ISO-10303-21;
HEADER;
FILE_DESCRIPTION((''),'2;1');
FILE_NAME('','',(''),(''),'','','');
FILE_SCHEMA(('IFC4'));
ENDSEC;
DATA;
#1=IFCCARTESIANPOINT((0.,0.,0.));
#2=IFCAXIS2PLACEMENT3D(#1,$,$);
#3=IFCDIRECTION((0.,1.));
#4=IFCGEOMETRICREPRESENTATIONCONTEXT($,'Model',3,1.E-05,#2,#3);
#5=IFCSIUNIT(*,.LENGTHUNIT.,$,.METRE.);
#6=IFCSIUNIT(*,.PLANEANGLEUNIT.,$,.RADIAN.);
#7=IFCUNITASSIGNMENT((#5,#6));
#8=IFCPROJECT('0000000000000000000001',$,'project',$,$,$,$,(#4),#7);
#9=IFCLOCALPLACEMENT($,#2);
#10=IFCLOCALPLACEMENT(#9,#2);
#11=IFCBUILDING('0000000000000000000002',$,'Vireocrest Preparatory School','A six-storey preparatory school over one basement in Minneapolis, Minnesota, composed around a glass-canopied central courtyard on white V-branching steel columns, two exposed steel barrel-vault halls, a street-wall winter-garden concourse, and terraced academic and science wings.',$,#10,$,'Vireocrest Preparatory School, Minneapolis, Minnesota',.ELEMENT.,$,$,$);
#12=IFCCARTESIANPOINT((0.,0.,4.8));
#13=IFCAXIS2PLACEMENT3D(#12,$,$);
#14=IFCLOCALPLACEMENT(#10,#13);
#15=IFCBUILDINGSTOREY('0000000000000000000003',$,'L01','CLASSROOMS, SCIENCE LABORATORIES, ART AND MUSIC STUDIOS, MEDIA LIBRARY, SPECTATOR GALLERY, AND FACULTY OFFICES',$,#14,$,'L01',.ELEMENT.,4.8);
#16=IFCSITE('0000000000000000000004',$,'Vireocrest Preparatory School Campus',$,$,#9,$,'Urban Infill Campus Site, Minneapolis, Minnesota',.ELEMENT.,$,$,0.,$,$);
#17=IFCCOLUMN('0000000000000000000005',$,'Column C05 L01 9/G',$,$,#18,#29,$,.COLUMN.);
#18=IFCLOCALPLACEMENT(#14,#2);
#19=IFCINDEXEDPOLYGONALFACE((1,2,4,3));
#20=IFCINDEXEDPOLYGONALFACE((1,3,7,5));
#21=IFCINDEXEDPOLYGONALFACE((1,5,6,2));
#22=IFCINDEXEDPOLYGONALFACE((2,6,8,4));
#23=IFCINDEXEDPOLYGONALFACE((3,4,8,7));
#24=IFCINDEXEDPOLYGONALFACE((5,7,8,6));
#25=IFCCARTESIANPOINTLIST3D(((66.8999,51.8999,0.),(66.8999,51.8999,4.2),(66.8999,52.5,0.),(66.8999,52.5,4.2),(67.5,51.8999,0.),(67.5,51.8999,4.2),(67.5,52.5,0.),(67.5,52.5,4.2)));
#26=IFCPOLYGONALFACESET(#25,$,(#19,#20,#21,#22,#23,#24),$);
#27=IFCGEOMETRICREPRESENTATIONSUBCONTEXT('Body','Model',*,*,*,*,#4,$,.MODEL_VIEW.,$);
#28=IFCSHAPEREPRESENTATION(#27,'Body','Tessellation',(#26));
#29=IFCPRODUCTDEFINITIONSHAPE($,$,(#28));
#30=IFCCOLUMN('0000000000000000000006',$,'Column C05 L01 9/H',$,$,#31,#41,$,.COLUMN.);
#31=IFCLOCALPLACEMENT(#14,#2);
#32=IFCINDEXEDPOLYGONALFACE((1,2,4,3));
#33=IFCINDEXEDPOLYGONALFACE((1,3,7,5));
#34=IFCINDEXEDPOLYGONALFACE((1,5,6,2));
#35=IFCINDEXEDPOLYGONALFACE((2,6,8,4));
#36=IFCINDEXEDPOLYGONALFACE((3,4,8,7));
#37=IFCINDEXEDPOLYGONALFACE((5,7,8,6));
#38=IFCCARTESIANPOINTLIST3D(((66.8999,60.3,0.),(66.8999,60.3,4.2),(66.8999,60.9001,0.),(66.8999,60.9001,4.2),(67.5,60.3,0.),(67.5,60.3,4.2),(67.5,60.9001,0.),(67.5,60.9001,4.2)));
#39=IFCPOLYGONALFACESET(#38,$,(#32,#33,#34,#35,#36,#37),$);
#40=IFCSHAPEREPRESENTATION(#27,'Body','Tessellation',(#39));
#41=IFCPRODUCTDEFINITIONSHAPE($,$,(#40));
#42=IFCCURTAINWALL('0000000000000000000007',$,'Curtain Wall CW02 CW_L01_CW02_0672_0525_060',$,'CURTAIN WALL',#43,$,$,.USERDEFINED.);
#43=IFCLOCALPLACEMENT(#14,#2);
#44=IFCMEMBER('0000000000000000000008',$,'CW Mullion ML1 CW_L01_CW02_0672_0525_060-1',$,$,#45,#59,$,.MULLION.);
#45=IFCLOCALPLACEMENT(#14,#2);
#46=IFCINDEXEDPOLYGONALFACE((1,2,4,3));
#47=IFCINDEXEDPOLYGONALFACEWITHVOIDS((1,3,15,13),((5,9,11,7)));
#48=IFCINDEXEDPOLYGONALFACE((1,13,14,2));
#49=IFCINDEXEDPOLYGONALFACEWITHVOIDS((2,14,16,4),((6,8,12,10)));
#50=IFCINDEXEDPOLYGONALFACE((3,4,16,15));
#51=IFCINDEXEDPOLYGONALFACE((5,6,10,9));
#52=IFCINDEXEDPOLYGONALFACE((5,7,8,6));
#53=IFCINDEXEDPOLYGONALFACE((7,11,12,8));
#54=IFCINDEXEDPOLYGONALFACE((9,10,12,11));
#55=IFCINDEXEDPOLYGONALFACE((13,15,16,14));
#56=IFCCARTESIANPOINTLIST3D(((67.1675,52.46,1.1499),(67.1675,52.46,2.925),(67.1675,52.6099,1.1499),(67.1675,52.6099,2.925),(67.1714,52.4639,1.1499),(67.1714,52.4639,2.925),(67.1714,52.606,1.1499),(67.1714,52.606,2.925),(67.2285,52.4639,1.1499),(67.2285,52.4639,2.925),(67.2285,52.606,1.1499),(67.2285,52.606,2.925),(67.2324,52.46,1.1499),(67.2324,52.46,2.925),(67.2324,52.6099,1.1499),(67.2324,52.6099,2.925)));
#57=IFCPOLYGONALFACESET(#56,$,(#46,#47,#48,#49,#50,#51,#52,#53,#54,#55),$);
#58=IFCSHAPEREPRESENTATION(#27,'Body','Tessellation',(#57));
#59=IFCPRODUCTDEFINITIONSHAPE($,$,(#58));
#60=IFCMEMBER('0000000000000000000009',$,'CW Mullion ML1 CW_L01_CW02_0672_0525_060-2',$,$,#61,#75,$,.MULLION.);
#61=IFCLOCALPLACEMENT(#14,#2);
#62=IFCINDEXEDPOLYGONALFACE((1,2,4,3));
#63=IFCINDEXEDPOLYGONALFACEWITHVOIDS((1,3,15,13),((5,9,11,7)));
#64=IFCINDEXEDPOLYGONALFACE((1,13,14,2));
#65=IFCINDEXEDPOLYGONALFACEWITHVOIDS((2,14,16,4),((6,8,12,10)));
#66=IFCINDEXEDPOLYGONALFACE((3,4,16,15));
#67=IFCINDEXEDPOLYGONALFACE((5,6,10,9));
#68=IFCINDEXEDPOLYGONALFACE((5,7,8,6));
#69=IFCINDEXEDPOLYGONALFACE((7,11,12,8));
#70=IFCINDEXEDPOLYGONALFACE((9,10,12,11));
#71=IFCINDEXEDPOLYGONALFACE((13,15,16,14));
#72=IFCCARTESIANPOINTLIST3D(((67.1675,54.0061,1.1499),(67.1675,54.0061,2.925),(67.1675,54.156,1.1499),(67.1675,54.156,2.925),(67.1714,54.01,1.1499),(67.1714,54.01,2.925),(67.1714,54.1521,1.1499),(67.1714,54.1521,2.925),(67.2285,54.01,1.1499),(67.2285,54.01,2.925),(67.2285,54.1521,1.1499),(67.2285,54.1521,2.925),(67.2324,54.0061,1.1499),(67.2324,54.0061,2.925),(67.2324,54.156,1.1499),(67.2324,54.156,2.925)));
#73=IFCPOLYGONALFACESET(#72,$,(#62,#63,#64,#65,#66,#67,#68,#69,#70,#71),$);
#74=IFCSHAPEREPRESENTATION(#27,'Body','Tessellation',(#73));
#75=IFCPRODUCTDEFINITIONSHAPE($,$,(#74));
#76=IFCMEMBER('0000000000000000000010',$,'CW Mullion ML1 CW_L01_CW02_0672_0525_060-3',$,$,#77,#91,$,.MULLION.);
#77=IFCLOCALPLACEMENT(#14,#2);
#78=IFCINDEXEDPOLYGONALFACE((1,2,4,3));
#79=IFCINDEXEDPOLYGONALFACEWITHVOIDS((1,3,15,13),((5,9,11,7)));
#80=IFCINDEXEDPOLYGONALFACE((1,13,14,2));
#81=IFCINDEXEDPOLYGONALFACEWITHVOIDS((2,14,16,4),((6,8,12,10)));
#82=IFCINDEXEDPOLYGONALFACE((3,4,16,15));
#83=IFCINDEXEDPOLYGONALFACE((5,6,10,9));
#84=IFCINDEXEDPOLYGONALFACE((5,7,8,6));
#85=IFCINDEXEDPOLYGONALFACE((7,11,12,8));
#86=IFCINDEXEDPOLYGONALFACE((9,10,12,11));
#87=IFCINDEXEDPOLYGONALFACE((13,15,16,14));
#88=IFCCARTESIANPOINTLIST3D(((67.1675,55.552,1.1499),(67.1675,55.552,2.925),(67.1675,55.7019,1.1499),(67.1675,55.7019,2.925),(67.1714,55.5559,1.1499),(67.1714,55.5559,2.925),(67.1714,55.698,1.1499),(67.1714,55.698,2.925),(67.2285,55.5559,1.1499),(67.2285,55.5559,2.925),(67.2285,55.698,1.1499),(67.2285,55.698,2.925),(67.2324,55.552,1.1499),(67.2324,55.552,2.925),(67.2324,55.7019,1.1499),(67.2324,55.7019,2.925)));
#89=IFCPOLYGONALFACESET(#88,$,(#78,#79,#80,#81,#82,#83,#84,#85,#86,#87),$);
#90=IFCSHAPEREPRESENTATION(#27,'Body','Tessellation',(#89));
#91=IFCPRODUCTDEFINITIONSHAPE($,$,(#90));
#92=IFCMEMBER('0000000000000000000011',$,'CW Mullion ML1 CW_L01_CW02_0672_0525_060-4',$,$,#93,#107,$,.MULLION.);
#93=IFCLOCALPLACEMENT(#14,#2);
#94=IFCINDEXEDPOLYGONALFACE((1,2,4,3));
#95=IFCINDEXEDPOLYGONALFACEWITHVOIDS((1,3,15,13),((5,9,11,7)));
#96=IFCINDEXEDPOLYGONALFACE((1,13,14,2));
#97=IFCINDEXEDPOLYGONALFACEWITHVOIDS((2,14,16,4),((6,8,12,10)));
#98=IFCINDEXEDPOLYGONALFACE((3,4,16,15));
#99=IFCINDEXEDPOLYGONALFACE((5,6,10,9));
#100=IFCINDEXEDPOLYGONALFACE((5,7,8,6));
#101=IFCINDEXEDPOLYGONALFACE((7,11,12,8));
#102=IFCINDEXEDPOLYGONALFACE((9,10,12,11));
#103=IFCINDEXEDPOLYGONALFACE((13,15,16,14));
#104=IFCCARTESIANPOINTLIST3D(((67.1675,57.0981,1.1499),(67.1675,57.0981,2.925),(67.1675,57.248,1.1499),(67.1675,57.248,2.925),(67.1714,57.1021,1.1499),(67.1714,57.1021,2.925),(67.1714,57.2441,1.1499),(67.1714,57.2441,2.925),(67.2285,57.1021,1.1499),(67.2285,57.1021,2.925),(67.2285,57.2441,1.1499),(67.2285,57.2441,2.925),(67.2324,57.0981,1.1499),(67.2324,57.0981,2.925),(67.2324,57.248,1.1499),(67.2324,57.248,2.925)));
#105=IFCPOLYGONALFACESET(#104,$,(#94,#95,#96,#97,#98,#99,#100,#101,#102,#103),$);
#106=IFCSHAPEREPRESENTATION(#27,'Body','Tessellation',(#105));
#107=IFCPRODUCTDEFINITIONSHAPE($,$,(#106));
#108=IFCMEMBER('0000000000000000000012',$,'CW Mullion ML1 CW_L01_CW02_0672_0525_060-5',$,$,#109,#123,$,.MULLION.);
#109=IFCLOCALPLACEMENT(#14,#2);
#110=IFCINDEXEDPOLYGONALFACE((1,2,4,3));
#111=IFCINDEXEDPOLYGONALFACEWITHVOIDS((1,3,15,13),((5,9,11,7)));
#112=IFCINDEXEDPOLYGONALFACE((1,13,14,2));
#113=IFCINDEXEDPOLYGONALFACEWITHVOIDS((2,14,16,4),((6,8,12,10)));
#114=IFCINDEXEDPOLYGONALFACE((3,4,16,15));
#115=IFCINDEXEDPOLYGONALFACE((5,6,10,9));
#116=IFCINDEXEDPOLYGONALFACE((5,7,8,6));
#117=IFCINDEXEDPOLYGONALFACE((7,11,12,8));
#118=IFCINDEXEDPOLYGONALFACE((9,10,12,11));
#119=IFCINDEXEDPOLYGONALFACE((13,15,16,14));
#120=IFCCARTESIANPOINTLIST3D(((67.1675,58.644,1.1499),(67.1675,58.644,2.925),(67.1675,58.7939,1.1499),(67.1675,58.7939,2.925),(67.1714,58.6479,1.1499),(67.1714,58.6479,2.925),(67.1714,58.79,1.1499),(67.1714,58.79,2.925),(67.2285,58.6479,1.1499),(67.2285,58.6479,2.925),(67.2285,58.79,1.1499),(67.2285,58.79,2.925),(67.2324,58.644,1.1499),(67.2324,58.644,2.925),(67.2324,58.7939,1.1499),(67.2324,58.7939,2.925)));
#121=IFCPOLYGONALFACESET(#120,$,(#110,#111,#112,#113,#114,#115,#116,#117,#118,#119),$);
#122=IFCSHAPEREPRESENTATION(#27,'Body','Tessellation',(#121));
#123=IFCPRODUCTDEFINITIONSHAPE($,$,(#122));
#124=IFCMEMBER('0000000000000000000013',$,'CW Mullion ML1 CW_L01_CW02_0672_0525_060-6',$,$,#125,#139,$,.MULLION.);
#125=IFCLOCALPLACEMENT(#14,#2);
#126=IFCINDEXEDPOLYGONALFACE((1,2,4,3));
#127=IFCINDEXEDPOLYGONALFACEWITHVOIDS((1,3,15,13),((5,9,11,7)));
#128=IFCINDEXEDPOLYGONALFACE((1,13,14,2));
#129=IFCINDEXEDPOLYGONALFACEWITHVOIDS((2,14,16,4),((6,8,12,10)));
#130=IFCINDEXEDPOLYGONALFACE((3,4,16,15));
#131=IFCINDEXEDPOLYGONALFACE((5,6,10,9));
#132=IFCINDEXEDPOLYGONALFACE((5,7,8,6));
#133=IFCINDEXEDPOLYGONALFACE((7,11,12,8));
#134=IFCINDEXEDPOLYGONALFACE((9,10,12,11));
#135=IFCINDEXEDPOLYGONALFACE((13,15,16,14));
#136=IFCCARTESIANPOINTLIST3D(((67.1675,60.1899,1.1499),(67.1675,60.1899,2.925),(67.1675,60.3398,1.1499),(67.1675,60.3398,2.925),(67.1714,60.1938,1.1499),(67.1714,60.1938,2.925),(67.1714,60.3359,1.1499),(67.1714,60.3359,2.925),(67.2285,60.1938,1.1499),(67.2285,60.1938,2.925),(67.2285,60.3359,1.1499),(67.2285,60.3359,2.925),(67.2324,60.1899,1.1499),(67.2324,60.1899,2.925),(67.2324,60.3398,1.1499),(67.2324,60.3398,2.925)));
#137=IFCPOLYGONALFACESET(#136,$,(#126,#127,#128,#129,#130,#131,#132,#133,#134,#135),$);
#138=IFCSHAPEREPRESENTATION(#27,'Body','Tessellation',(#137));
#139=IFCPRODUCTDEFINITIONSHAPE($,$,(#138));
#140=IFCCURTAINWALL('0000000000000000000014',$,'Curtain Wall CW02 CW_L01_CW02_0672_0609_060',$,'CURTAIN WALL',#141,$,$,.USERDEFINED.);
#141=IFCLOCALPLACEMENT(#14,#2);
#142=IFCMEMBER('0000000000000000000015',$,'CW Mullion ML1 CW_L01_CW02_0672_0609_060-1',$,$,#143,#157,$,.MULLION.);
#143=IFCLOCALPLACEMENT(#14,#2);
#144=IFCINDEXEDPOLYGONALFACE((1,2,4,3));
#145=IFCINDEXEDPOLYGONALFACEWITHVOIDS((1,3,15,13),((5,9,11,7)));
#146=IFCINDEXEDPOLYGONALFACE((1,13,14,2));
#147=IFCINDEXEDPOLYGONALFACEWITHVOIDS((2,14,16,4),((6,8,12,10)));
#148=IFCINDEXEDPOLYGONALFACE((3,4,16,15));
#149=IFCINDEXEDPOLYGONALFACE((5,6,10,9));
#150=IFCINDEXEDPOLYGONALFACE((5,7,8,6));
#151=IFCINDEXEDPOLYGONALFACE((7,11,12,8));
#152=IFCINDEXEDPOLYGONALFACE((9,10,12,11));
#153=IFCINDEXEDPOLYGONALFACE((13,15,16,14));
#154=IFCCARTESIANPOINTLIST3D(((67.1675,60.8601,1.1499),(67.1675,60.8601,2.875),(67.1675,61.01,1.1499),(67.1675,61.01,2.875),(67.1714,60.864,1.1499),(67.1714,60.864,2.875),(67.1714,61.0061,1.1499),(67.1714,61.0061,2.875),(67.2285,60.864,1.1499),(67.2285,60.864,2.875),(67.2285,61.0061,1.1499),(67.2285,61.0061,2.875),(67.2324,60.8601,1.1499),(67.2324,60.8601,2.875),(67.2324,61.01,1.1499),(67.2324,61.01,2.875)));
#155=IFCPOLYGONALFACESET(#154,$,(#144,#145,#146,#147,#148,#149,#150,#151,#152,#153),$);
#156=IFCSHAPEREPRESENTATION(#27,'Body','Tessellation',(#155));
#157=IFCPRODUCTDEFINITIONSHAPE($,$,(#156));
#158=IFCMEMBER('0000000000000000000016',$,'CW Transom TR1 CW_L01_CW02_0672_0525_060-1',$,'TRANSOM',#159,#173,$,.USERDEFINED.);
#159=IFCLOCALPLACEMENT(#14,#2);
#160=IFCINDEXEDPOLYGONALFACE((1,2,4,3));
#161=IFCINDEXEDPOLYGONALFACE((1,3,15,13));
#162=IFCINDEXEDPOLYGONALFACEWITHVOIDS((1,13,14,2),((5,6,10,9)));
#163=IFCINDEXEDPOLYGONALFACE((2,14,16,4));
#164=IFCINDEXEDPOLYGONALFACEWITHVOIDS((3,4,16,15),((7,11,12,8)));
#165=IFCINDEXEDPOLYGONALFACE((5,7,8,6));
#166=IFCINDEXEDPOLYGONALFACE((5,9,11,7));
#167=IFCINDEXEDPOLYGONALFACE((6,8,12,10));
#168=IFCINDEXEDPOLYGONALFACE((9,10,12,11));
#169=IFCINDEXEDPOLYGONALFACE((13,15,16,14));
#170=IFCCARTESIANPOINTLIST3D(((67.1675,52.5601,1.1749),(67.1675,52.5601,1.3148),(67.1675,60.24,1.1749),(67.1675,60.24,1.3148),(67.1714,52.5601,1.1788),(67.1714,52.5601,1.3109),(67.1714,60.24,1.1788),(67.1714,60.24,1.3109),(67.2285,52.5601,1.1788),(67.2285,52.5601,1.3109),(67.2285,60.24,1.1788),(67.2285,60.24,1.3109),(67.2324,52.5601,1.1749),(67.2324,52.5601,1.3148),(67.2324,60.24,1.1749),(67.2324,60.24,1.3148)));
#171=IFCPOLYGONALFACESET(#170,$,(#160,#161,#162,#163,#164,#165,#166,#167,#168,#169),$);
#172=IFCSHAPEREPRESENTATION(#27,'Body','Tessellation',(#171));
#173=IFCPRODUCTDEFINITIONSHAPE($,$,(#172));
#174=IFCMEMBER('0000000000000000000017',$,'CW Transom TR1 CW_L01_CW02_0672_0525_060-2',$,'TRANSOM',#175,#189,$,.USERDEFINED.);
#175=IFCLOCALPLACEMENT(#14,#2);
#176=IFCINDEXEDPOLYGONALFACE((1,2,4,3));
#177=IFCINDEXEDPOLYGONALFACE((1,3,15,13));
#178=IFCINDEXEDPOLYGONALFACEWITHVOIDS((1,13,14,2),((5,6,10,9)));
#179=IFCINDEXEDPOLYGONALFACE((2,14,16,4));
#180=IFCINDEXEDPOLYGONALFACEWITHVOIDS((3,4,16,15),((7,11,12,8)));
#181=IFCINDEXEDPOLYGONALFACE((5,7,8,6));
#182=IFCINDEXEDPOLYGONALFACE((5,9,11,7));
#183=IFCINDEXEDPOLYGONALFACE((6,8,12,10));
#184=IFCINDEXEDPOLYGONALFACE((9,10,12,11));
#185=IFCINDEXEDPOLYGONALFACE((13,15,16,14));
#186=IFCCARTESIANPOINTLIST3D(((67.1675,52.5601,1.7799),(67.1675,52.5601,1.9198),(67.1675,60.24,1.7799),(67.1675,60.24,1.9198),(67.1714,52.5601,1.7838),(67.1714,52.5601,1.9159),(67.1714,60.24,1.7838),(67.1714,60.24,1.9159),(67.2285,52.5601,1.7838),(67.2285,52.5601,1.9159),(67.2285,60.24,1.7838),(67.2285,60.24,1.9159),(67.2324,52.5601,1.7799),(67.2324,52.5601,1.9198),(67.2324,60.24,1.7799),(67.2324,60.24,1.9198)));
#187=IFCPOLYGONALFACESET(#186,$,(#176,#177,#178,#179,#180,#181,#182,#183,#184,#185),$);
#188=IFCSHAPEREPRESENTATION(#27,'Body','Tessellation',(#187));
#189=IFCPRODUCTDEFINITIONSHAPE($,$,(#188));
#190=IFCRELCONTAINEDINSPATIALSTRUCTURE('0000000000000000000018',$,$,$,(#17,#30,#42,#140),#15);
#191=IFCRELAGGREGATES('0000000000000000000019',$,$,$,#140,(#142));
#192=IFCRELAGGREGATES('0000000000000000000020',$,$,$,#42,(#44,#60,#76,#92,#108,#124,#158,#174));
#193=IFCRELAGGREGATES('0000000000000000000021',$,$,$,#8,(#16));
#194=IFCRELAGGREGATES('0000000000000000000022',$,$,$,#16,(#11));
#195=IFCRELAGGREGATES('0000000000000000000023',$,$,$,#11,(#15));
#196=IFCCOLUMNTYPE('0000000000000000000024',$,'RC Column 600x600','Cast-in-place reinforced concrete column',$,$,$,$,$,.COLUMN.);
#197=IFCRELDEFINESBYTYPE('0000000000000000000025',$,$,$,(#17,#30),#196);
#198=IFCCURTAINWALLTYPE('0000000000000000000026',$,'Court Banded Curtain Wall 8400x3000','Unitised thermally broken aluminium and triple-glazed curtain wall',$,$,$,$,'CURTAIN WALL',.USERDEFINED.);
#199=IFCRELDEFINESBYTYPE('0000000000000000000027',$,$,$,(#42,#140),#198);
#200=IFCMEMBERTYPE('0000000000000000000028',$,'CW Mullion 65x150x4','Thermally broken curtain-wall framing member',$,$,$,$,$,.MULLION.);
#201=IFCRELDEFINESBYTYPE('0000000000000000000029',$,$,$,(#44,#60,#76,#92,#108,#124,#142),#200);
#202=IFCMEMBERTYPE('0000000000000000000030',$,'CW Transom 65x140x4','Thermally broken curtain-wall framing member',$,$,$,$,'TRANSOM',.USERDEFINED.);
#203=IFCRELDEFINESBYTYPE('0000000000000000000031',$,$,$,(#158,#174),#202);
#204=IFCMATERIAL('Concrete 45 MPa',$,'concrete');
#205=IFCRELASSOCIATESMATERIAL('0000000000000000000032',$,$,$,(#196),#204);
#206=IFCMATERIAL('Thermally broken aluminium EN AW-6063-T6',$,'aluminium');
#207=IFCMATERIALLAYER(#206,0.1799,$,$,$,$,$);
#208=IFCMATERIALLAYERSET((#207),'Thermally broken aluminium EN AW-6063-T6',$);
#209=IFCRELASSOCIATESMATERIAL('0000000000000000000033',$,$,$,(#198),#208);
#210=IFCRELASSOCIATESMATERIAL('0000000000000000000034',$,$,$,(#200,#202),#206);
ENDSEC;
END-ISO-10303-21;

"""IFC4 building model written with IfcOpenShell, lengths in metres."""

from ifc_helpers import new_model, si_unit, direction, frame, origin, origin_2d, place, context, subcontext, project, spatial, rectangle, hollow_rectangle, extrude, material, layer, layer_set, material_profile, profile_set, type_object, element, aggregate, save


model = new_model("IFC4")

# Units and contexts
model_context = context("Model", 3, precision=1e-05, world=origin(), true_north=direction((0.0, 1.0)))
body_context = subcontext(model_context, "Body", "Model", "MODEL_VIEW")
ifc_project = project(units=[si_unit("LENGTHUNIT", "METRE"), si_unit("PLANEANGLEUNIT", "RADIAN")], contexts=[model_context])

# Site, building, storey
site_placement = place(None, origin())
site = spatial("IfcSite", under=ifc_project, at=site_placement, Name="Vireocrest Preparatory School Campus", LongName="Urban Infill Campus Site, Minneapolis, Minnesota", CompositionType="ELEMENT", RefElevation=0.0)
building_placement = place(site_placement, origin())
building = spatial("IfcBuilding", under=site, at=building_placement, Name="Vireocrest Preparatory School", Description="A six-storey preparatory school over one basement in Minneapolis, Minnesota, composed around a glass-canopied central courtyard on white V-branching steel columns, two exposed steel barrel-vault halls, a street-wall winter-garden concourse, and terraced academic and science wings.", LongName="Vireocrest Preparatory School, Minneapolis, Minnesota", CompositionType="ELEMENT")
storey_placement = place(building_placement, frame((0.0, 0.0, 4.8)))
storey = spatial("IfcBuildingStorey", under=building, at=storey_placement, Name="L01", Description="CLASSROOMS, SCIENCE LABORATORIES, ART AND MUSIC STUDIOS, MEDIA LIBRARY, SPECTATOR GALLERY, AND FACULTY OFFICES", LongName="L01", CompositionType="ELEMENT", Elevation=4.8)

# Columns
ifc_material_1 = material(Name="Concrete 45 MPa", Category="concrete")
ifc_material_profile_1 = material_profile(ifc_material_1, rectangle(XDim=0.6001, YDim=0.6001, at=origin_2d()), Name="RC 600x600")
ifc_profile_set_1 = profile_set([ifc_material_profile_1], Name="Concrete 45 MPa")
column_type = type_object("IfcColumnType", Name="RC Column 600x600", Description="Cast-in-place reinforced concrete column", PredefinedType="COLUMN", material=ifc_profile_set_1)
for number, where, z_axis, x_axis, name in (
    (1, (67.2, 52.2, 0.0), (0.0, 0.0, 1.0), (1.0, 0.0, 0.0), "Column C05 L01 9/G"),
    (2, (67.2, 60.6001, 0.0), (0.0, 0.0, 1.0), (1.0, 0.0, 0.0), "Column C05 L01 9/H"),
):
    element("IfcColumn", number, at=place(storey_placement, frame(where, z_axis=z_axis, x_axis=x_axis)), inside=storey, type_object=column_type, Name=name, PredefinedType="COLUMN", context=body_context, shape_type="SweptSolid", body=[
        extrude(rectangle(XDim=0.6001, YDim=0.6001, at=origin_2d()), origin(), (0.0, 0.0, 1.0), 4.2),
    ])

# Curtain wall, members
ifc_material_2 = material(Name="Thermally broken aluminium EN AW-6063-T6", Category="aluminium")
ifc_layer_1 = layer(ifc_material_2, 0.1799)
ifc_layer_set_1 = layer_set([ifc_layer_1], Name="Thermally broken aluminium EN AW-6063-T6")
curtain_wall_type = type_object("IfcCurtainWallType", Name="Court Banded Curtain Wall 8400x3000", Description="Unitised thermally broken aluminium and triple-glazed curtain wall", ElementType="CURTAIN WALL", PredefinedType="USERDEFINED", material=ifc_layer_set_1)
curtain_wall_1_placement = place(storey_placement, origin())
curtain_wall_1 = element("IfcCurtainWall", 3, at=curtain_wall_1_placement, inside=storey, type_object=curtain_wall_type, Name="Curtain Wall CW02 CW_L01_CW02_0672_0525_060", ObjectType="CURTAIN WALL", PredefinedType="USERDEFINED")
ifc_material_profile_2 = material_profile(ifc_material_2, hollow_rectangle(XDim=0.0649, YDim=0.1499, WallThickness=0.0039, at=origin_2d()), Name="ALU 65x150x4")
ifc_profile_set_2 = profile_set([ifc_material_profile_2], Name="Thermally broken aluminium EN AW-6063-T6")
member_type_1 = type_object("IfcMemberType", Name="CW Mullion 65x150x4", Description="Thermally broken curtain-wall framing member", PredefinedType="MULLION", material=ifc_profile_set_2)
member_1_placement = place(storey_placement, frame((67.2, 52.5349, 1.1499), z_axis=(0.0, 0.0, 1.0), x_axis=(1.0, 0.0, 0.0)))
member_1 = element("IfcMember", 4, at=member_1_placement, type_object=member_type_1, Name="CW Mullion ML1 CW_L01_CW02_0672_0525_060-1", PredefinedType="MULLION", context=body_context, shape_type="SweptSolid", body=[
    extrude(hollow_rectangle(XDim=0.0649, YDim=0.1499, WallThickness=0.0039, at=origin_2d()), origin(), (0.0, 0.0, 1.0), 1.7751),
])
member_2_placement = place(storey_placement, frame((67.2, 54.0811, 1.1499), z_axis=(0.0, 0.0, 1.0), x_axis=(1.0, 0.0, 0.0)))
member_2 = element("IfcMember", 5, at=member_2_placement, type_object=member_type_1, Name="CW Mullion ML1 CW_L01_CW02_0672_0525_060-2", PredefinedType="MULLION", context=body_context, shape_type="SweptSolid", body=[
    extrude(hollow_rectangle(XDim=0.0649, YDim=0.1499, WallThickness=0.0039, at=origin_2d()), origin(), (0.0, 0.0, 1.0), 1.7751),
])
member_3_placement = place(storey_placement, frame((67.2, 55.627, 1.1499), z_axis=(0.0, 0.0, 1.0), x_axis=(1.0, 0.0, 0.0)))
member_3 = element("IfcMember", 6, at=member_3_placement, type_object=member_type_1, Name="CW Mullion ML1 CW_L01_CW02_0672_0525_060-3", PredefinedType="MULLION", context=body_context, shape_type="SweptSolid", body=[
    extrude(hollow_rectangle(XDim=0.0649, YDim=0.1499, WallThickness=0.0039, at=origin_2d()), origin(), (0.0, 0.0, 1.0), 1.7751),
])
member_4_placement = place(storey_placement, frame((67.2, 57.1731, 1.1499), z_axis=(0.0, 0.0, 1.0), x_axis=(1.0, 0.0, 0.0)))
member_4 = element("IfcMember", 7, at=member_4_placement, type_object=member_type_1, Name="CW Mullion ML1 CW_L01_CW02_0672_0525_060-4", PredefinedType="MULLION", context=body_context, shape_type="SweptSolid", body=[
    extrude(hollow_rectangle(XDim=0.0649, YDim=0.1499, WallThickness=0.0039, at=origin_2d()), origin(), (0.0, 0.0, 1.0), 1.7751),
])
member_5_placement = place(storey_placement, frame((67.2, 58.719, 1.1499), z_axis=(0.0, 0.0, 1.0), x_axis=(1.0, 0.0, 0.0)))
member_5 = element("IfcMember", 8, at=member_5_placement, type_object=member_type_1, Name="CW Mullion ML1 CW_L01_CW02_0672_0525_060-5", PredefinedType="MULLION", context=body_context, shape_type="SweptSolid", body=[
    extrude(hollow_rectangle(XDim=0.0649, YDim=0.1499, WallThickness=0.0039, at=origin_2d()), origin(), (0.0, 0.0, 1.0), 1.7751),
])
member_6_placement = place(storey_placement, frame((67.2, 60.2649, 1.1499), z_axis=(0.0, 0.0, 1.0), x_axis=(1.0, 0.0, 0.0)))
member_6 = element("IfcMember", 9, at=member_6_placement, type_object=member_type_1, Name="CW Mullion ML1 CW_L01_CW02_0672_0525_060-6", PredefinedType="MULLION", context=body_context, shape_type="SweptSolid", body=[
    extrude(hollow_rectangle(XDim=0.0649, YDim=0.1499, WallThickness=0.0039, at=origin_2d()), origin(), (0.0, 0.0, 1.0), 1.7751),
])

# Curtain wall, member
curtain_wall_2_placement = place(storey_placement, origin())
curtain_wall_2 = element("IfcCurtainWall", 10, at=curtain_wall_2_placement, inside=storey, type_object=curtain_wall_type, Name="Curtain Wall CW02 CW_L01_CW02_0672_0609_060", ObjectType="CURTAIN WALL", PredefinedType="USERDEFINED")
member_7_placement = place(storey_placement, frame((67.2, 60.9351, 1.1499), z_axis=(0.0, 0.0, 1.0), x_axis=(1.0, 0.0, 0.0)))
member_7 = element("IfcMember", 11, at=member_7_placement, type_object=member_type_1, Name="CW Mullion ML1 CW_L01_CW02_0672_0609_060-1", PredefinedType="MULLION", context=body_context, shape_type="SweptSolid", body=[
    extrude(hollow_rectangle(XDim=0.0649, YDim=0.1499, WallThickness=0.0039, at=origin_2d()), origin(), (0.0, 0.0, 1.0), 1.7251),
])

# Members
ifc_material_profile_3 = material_profile(ifc_material_2, hollow_rectangle(XDim=0.0649, YDim=0.1399, WallThickness=0.0039, at=origin_2d()), Name="ALU 65x140x4")
ifc_profile_set_3 = profile_set([ifc_material_profile_3], Name="Thermally broken aluminium EN AW-6063-T6")
member_type_2 = type_object("IfcMemberType", Name="CW Transom 65x140x4", Description="Thermally broken curtain-wall framing member", ElementType="TRANSOM", PredefinedType="USERDEFINED", material=ifc_profile_set_3)
member_8_placement = place(storey_placement, frame((67.2, 52.5601, 1.2449), z_axis=(0.0, 1.0, 0.0), x_axis=(-1.0, 0.0, 0.0)))
member_8 = element("IfcMember", 12, at=member_8_placement, type_object=member_type_2, Name="CW Transom TR1 CW_L01_CW02_0672_0525_060-1", ObjectType="TRANSOM", PredefinedType="USERDEFINED", context=body_context, shape_type="SweptSolid", body=[
    extrude(hollow_rectangle(XDim=0.0649, YDim=0.1399, WallThickness=0.0039, at=origin_2d()), origin(), (0.0, 0.0, 1.0), 7.6799),
])
member_9_placement = place(storey_placement, frame((67.2, 52.5601, 1.8499), z_axis=(0.0, 1.0, 0.0), x_axis=(-1.0, 0.0, 0.0)))
member_9 = element("IfcMember", 13, at=member_9_placement, type_object=member_type_2, Name="CW Transom TR1 CW_L01_CW02_0672_0525_060-2", ObjectType="TRANSOM", PredefinedType="USERDEFINED", context=body_context, shape_type="SweptSolid", body=[
    extrude(hollow_rectangle(XDim=0.0649, YDim=0.1399, WallThickness=0.0039, at=origin_2d()), origin(), (0.0, 0.0, 1.0), 7.6799),
])
aggregate(curtain_wall_2, [member_7])

aggregate(curtain_wall_1, [member_1, member_2, member_3, member_4, member_5, member_6, member_8, member_9])

save(model, "model.ifc")
